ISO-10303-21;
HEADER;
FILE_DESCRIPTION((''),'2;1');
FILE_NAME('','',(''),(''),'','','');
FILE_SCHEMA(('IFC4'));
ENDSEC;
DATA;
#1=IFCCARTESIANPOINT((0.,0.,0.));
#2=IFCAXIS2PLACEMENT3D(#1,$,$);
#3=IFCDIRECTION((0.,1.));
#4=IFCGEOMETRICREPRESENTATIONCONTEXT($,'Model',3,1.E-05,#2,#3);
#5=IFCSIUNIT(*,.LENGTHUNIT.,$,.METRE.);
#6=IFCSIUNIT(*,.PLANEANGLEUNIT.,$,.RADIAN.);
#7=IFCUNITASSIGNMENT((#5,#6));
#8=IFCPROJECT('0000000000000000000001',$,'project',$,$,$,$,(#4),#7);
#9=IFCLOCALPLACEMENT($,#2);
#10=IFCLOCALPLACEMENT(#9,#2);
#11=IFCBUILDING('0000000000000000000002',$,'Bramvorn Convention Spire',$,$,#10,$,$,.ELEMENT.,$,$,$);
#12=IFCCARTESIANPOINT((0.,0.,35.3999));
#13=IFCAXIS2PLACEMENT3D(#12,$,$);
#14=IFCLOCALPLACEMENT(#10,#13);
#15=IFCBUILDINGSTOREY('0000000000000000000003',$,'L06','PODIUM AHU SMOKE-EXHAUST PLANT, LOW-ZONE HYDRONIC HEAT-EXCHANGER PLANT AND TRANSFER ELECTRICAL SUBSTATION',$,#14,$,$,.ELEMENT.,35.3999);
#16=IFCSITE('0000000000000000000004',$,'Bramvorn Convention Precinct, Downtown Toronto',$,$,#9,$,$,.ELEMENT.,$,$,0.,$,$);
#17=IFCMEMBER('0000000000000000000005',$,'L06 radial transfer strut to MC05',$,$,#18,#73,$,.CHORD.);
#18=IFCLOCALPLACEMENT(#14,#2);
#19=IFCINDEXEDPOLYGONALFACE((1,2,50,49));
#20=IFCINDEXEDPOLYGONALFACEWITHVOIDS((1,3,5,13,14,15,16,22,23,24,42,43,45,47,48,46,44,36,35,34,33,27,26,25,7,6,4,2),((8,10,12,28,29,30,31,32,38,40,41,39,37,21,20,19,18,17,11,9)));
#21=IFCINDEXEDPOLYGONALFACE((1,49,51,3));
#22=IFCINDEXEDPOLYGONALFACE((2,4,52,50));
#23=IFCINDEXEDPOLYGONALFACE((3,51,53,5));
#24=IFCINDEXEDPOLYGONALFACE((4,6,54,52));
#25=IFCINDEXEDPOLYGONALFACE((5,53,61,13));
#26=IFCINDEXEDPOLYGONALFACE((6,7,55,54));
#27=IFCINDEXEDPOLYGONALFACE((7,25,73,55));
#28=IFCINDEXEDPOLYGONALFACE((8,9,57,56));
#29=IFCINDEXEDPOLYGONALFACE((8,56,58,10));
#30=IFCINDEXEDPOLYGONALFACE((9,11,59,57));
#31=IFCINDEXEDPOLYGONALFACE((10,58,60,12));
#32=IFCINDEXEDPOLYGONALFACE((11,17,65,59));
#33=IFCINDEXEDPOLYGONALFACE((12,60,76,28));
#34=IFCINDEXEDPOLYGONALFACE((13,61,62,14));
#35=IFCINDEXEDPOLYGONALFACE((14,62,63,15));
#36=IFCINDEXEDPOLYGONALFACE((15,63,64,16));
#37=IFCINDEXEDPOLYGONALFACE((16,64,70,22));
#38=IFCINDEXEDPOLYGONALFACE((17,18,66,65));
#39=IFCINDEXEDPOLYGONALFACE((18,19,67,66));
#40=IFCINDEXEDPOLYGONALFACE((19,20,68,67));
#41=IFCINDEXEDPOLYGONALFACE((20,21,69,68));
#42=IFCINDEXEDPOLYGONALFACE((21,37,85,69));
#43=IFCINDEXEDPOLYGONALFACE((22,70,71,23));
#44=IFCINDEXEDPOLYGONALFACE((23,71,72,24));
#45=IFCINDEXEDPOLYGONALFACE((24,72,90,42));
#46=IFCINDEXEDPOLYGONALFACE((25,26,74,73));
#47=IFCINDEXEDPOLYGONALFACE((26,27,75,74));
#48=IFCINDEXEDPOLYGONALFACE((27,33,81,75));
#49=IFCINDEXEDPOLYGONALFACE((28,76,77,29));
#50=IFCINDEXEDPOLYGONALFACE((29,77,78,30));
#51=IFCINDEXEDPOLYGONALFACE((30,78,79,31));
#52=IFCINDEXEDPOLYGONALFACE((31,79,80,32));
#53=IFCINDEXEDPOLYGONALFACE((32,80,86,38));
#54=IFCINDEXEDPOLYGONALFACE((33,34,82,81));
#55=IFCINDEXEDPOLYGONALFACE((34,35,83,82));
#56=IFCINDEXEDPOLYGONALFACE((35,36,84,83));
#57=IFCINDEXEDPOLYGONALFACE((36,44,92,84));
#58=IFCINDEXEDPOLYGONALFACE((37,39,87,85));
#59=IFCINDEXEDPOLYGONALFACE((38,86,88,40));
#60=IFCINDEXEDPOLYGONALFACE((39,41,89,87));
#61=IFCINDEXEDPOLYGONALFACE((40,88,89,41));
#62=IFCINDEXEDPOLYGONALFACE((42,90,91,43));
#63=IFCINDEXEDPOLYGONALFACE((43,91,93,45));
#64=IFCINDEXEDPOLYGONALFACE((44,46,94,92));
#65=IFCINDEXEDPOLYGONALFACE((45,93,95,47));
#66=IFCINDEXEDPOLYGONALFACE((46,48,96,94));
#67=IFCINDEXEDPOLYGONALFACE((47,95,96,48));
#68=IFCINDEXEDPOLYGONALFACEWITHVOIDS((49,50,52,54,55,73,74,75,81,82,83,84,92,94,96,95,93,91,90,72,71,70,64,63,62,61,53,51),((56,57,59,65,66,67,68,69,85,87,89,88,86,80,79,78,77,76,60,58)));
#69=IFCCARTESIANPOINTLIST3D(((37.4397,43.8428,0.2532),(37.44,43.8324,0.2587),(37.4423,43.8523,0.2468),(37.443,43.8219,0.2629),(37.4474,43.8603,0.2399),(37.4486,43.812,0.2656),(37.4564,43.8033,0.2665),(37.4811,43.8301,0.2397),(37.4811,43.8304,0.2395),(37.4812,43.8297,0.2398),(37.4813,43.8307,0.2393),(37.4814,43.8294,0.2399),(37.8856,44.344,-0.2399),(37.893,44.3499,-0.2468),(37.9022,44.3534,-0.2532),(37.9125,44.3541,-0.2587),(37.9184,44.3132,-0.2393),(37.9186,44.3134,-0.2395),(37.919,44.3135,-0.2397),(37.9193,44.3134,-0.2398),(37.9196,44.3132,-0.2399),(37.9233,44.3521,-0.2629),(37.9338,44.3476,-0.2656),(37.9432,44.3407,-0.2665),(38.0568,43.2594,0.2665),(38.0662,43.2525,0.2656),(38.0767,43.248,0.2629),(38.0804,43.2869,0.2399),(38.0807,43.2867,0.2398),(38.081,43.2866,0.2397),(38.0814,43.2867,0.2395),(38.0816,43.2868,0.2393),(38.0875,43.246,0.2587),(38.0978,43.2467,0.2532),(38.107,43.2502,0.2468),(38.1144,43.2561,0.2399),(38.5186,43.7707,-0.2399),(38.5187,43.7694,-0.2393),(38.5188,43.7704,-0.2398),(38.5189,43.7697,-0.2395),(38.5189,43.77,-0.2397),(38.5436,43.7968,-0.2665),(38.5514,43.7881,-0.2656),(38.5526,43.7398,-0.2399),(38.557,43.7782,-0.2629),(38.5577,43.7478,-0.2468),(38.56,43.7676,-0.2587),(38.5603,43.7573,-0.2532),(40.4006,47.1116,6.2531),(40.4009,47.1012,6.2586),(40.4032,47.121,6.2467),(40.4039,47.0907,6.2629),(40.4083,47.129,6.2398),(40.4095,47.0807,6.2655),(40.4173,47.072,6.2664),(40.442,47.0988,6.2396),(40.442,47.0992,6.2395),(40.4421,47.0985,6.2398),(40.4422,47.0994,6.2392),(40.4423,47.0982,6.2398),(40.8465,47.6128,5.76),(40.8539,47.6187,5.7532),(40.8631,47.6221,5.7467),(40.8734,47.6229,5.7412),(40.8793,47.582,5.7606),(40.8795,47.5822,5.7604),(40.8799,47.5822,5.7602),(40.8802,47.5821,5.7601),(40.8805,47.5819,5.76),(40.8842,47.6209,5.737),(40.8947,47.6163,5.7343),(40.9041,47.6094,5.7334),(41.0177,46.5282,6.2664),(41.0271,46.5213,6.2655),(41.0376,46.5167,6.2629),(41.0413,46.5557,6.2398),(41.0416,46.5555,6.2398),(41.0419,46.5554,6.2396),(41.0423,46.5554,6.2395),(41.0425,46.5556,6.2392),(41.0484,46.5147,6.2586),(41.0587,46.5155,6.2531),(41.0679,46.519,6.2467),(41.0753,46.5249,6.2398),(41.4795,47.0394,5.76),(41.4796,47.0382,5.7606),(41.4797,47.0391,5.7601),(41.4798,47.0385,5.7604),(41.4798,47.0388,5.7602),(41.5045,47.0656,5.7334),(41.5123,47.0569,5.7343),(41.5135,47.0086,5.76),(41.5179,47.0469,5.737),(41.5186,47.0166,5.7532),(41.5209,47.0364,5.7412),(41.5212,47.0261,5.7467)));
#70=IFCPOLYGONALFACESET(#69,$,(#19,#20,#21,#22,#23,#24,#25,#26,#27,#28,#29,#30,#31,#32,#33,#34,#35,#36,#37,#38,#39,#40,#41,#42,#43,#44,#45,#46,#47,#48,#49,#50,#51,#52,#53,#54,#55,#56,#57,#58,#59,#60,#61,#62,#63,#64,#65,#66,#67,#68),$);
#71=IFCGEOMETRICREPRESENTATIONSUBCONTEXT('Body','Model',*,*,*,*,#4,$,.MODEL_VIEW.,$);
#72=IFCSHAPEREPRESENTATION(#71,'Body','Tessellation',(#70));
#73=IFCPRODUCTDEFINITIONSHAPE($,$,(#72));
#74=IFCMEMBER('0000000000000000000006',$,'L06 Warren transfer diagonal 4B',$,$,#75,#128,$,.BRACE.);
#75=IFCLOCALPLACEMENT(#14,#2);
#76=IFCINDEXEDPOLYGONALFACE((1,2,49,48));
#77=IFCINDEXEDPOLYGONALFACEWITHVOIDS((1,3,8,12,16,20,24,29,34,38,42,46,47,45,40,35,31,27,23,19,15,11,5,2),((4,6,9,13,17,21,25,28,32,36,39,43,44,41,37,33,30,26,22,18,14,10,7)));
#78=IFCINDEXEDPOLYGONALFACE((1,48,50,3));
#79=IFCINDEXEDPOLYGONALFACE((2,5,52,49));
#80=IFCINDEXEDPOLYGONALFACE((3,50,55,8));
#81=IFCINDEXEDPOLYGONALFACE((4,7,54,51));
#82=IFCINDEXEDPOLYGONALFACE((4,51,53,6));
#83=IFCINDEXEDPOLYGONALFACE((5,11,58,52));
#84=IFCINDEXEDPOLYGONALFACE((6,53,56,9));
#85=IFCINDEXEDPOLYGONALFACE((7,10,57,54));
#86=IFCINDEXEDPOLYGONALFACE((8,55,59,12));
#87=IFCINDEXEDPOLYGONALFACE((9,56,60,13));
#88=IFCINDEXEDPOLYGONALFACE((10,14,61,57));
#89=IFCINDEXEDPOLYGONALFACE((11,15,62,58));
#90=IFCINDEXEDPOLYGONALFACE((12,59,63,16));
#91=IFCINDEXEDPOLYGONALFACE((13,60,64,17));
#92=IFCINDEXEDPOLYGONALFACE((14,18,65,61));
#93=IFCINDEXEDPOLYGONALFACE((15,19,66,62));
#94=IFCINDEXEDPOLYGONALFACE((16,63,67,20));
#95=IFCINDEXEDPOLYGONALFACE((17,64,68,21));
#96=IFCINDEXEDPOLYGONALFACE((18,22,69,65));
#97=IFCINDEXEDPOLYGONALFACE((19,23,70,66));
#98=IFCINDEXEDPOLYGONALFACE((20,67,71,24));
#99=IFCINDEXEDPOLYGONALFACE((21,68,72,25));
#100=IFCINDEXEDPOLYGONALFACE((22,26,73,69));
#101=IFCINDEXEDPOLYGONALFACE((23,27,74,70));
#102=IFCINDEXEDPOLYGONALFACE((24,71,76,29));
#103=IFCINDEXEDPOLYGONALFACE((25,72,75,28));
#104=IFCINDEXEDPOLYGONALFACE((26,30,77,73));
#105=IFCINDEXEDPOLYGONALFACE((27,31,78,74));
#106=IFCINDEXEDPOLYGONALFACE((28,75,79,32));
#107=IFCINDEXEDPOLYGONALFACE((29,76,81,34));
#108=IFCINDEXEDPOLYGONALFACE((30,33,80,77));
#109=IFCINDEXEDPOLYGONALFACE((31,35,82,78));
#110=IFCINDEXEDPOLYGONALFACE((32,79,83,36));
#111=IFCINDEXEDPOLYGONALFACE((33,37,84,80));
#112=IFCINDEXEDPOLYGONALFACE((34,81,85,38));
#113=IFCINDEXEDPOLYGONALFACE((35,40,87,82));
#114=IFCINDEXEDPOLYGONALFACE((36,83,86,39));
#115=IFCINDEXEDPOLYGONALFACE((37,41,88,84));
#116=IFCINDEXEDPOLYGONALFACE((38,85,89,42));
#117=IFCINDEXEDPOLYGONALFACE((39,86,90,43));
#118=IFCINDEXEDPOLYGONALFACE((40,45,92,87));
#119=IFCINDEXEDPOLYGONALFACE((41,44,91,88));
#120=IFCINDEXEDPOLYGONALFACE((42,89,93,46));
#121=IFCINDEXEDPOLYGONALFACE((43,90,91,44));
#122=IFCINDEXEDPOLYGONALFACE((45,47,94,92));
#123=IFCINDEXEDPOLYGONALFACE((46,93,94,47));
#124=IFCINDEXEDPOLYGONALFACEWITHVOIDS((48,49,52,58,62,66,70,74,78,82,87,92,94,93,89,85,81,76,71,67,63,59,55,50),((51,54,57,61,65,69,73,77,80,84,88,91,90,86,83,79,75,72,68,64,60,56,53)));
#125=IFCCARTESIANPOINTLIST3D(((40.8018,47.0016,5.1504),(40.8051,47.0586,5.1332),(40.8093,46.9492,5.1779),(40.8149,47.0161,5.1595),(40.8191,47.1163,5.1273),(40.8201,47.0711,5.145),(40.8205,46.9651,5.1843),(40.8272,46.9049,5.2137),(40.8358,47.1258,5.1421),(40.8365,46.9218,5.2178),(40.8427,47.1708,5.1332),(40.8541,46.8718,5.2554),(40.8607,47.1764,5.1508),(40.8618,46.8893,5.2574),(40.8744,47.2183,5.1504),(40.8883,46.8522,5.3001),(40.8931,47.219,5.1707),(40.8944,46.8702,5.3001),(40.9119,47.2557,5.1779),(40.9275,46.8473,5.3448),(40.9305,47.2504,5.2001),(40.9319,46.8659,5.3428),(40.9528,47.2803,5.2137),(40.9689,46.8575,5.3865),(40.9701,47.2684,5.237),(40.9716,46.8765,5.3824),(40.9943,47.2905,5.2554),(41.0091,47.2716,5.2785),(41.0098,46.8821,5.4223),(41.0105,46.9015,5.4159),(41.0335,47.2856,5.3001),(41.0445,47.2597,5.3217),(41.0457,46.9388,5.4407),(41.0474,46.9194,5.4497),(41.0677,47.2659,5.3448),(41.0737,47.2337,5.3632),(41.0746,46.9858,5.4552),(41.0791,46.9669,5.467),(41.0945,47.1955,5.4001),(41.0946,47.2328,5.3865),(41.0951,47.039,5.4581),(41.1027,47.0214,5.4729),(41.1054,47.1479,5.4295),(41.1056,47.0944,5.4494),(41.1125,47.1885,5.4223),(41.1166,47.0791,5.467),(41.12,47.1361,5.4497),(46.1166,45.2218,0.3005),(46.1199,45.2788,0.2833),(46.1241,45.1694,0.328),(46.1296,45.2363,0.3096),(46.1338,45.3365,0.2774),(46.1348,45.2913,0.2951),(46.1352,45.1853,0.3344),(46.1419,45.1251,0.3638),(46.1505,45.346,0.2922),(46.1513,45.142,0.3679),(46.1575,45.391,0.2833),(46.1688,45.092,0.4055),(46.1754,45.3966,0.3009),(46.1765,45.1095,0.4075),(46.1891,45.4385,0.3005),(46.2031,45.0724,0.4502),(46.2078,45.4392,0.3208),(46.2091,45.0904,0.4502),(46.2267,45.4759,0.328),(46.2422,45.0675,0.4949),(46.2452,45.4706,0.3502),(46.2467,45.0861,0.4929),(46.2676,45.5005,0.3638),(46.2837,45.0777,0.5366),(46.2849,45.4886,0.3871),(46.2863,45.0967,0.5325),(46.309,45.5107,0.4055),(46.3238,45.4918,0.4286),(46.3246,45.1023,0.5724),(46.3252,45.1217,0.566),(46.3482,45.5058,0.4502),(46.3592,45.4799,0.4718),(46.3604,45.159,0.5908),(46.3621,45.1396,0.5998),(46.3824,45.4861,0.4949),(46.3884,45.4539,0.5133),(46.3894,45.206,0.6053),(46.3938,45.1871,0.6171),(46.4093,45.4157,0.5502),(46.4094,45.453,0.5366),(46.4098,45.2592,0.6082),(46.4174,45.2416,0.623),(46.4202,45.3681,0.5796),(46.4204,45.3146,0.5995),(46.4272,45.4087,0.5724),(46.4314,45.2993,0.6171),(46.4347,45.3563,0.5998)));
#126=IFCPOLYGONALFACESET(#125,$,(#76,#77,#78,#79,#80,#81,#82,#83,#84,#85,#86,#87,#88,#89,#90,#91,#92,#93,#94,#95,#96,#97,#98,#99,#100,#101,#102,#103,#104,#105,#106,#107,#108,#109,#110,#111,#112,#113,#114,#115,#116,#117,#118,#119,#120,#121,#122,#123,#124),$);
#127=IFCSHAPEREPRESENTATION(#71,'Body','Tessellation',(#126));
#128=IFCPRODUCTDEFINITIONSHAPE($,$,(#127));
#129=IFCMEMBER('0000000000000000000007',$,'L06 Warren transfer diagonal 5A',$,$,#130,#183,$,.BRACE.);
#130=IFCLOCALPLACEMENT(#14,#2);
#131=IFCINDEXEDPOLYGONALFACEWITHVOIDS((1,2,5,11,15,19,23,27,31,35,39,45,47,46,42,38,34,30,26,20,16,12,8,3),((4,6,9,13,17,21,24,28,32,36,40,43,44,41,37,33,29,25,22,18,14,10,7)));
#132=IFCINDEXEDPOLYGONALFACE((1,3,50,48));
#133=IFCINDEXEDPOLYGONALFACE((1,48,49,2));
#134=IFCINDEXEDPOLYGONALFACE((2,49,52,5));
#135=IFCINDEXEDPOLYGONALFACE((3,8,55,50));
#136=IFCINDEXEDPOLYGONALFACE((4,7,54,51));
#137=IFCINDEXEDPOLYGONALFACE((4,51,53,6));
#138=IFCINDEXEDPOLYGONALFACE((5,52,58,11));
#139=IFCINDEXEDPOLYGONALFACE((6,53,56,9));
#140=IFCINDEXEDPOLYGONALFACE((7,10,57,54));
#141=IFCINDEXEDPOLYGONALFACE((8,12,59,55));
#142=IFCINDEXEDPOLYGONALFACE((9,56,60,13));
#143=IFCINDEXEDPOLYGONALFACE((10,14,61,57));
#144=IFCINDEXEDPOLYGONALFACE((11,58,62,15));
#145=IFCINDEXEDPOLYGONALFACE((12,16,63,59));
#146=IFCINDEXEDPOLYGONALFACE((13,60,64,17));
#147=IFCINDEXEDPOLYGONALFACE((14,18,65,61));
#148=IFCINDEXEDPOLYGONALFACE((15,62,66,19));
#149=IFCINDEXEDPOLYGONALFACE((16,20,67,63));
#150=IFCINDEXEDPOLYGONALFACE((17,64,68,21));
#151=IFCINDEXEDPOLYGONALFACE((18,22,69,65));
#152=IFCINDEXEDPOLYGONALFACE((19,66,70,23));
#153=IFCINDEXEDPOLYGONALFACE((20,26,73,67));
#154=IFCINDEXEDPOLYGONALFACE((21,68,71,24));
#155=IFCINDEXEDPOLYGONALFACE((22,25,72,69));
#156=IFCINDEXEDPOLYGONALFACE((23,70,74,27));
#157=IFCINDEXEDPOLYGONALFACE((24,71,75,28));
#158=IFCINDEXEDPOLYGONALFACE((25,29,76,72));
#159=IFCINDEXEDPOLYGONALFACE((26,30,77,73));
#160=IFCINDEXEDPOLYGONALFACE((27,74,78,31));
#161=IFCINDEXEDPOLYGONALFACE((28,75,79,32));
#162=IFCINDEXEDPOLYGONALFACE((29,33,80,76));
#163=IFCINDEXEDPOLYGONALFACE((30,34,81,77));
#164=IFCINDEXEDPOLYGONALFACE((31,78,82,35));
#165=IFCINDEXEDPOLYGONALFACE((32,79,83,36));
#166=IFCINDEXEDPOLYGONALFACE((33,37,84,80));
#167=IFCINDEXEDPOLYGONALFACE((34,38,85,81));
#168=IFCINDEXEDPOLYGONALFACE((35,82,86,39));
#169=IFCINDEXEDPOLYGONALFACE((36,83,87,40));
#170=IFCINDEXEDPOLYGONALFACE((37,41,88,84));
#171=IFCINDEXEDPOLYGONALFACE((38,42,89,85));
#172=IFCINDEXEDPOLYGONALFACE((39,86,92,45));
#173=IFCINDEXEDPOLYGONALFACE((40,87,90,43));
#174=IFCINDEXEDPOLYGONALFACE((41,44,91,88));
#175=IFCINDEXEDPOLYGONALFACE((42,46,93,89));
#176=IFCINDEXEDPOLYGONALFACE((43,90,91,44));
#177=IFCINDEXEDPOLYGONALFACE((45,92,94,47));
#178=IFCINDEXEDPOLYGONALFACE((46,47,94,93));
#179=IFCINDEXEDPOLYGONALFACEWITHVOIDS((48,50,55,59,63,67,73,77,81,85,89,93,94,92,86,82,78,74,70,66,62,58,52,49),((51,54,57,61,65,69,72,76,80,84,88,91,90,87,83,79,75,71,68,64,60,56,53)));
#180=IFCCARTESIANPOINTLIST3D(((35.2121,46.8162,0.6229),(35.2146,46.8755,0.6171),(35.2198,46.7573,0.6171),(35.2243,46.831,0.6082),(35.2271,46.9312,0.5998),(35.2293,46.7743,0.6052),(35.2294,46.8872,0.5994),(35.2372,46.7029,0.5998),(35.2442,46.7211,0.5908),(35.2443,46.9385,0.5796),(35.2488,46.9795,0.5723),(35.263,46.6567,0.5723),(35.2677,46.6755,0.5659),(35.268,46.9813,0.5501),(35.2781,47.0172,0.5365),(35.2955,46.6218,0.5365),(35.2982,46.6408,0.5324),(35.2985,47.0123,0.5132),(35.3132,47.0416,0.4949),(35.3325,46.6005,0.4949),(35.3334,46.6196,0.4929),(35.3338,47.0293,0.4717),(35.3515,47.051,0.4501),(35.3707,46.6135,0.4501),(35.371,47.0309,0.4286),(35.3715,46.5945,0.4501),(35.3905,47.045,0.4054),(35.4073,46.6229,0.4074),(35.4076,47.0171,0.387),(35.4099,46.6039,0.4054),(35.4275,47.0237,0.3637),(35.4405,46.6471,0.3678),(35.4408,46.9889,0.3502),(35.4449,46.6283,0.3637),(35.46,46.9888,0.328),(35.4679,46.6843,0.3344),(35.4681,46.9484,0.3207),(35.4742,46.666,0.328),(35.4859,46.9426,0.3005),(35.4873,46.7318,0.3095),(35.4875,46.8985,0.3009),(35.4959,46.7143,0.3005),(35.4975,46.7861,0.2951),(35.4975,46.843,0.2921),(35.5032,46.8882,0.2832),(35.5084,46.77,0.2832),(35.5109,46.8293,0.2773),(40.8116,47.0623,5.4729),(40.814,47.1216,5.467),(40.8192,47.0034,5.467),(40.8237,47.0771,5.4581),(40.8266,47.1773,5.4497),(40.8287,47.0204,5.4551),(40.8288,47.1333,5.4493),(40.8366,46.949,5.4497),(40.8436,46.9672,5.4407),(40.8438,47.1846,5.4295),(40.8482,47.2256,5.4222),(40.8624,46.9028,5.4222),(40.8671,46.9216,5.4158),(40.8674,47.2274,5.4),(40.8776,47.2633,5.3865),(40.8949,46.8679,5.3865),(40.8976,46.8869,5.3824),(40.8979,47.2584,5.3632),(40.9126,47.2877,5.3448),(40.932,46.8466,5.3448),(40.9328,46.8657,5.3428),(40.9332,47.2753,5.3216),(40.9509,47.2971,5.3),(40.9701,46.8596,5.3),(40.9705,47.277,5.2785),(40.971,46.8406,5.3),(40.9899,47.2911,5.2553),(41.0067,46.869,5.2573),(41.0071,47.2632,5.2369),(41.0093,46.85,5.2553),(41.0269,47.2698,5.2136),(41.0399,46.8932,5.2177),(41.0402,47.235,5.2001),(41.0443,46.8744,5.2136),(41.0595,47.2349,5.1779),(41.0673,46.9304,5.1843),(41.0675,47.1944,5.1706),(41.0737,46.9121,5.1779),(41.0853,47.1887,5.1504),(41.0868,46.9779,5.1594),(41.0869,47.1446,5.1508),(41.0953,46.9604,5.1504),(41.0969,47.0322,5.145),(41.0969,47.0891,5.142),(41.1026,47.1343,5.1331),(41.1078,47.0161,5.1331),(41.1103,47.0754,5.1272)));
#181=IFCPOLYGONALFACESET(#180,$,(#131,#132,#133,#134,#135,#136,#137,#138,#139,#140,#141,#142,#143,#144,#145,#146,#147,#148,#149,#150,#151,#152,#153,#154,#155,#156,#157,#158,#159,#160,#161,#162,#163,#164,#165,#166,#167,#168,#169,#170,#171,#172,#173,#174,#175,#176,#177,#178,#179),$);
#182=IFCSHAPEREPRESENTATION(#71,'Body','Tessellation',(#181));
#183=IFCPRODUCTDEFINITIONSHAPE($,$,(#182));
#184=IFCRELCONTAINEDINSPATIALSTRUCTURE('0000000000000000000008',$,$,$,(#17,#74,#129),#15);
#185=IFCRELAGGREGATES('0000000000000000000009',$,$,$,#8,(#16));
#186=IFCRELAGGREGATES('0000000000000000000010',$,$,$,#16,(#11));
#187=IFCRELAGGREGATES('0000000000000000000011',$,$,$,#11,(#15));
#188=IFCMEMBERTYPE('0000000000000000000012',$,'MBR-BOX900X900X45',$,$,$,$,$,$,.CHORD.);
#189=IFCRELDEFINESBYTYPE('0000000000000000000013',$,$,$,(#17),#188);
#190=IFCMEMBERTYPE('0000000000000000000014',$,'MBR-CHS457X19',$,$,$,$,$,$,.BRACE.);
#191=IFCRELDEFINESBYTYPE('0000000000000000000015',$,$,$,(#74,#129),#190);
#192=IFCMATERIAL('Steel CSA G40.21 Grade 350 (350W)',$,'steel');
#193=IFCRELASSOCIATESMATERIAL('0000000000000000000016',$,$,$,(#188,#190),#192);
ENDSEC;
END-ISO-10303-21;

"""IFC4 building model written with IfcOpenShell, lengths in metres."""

from ifc_helpers import new_model, si_unit, direction, frame, origin, origin_2d, place, context, subcontext, project, spatial, hollow_rectangle, hollow_circle, extrude, material, material_profile, profile_set, type_object, element, save


model = new_model("IFC4")

# Units and contexts
model_context = context("Model", 3, precision=1e-05, world=origin(), true_north=direction((0.0, 1.0)))
body_context = subcontext(model_context, "Body", "Model", "MODEL_VIEW")
ifc_project = project(units=[si_unit("LENGTHUNIT", "METRE"), si_unit("PLANEANGLEUNIT", "RADIAN")], contexts=[model_context])

# Site, building, storey
site_placement = place(None, origin())
site = spatial("IfcSite", under=ifc_project, at=site_placement, Name="Bramvorn Convention Precinct, Downtown Toronto", CompositionType="ELEMENT", RefElevation=0.0)
building_placement = place(site_placement, origin())
building = spatial("IfcBuilding", under=site, at=building_placement, Name="Bramvorn Convention Spire", CompositionType="ELEMENT")
storey_placement = place(building_placement, frame((0.0, 0.0, 35.3999)))
storey = spatial("IfcBuildingStorey", under=building, at=storey_placement, Name="L06", Description="PODIUM AHU SMOKE-EXHAUST PLANT, LOW-ZONE HYDRONIC HEAT-EXCHANGER PLANT AND TRANSFER ELECTRICAL SUBSTATION", CompositionType="ELEMENT", Elevation=35.3999)

# Shared definitions
ifc_material_1 = material(Name="Steel CSA G40.21 Grade 350 (350W)", Category="steel")

# Members
ifc_material_profile_1 = material_profile(ifc_material_1, hollow_rectangle(XDim=0.8999, YDim=0.8999, WallThickness=0.0449, InnerFilletRadius=0.001, OuterFilletRadius=0.0449, at=origin_2d()))
ifc_profile_set_1 = profile_set([ifc_material_profile_1], Name="Steel CSA G40.21 Grade 350 (350W) - BOX900X900X45")
member_type_1 = type_object("IfcMemberType", Name="MBR-BOX900X900X45", PredefinedType="CHORD", material=ifc_profile_set_1)
member_1_placement = place(storey_placement, frame((38.0, 43.8, 0.0), z_axis=(0.397622, 0.438964, 0.805734), x_axis=(-0.741146, 0.671344, 0.0)))
element("IfcMember", 1, at=member_1_placement, inside=storey, type_object=member_type_1, Name="L06 radial transfer strut to MC05", PredefinedType="CHORD", context=body_context, shape_type="SweptSolid", body=[
    extrude(hollow_rectangle(XDim=0.8999, YDim=0.8999, WallThickness=0.0449, InnerFilletRadius=0.001, OuterFilletRadius=0.0449, at=origin_2d()), origin(), (0.0, 0.0, 1.0), 7.4465),
])
ifc_material_profile_2 = material_profile(ifc_material_1, hollow_circle(Radius=0.2285, WallThickness=0.019, at=origin_2d()))
ifc_profile_set_2 = profile_set([ifc_material_profile_2], Name="Steel CSA G40.21 Grade 350 (350W) - CHS457X19")
member_type_2 = type_object("IfcMemberType", Name="MBR-CHS457X19", PredefinedType="BRACE", material=ifc_profile_set_2)
for number, where, z_axis, x_axis, name in (
    (2, (46.2756, 45.2891, 0.4502), (-0.717059, 0.240129, 0.654343), (-0.317547, -0.948242, 0.0), "L06 Warren transfer diagonal 4B"),
    (3, (40.9609, 47.0688, 5.3), (-0.755468, -0.033203, -0.654344), (0.043908, -0.999036, 0.0), "L06 Warren transfer diagonal 5A"),
):
    element("IfcMember", number, at=place(storey_placement, frame(where, z_axis=z_axis, x_axis=x_axis)), inside=storey, type_object=member_type_2, Name=name, PredefinedType="BRACE", context=body_context, shape_type="SweptSolid", body=[
        extrude(hollow_circle(Radius=0.2285, WallThickness=0.019, at=origin_2d()), origin(), (0.0, 0.0, 1.0), 7.4119),
    ])

save(model, "model.ifc")
